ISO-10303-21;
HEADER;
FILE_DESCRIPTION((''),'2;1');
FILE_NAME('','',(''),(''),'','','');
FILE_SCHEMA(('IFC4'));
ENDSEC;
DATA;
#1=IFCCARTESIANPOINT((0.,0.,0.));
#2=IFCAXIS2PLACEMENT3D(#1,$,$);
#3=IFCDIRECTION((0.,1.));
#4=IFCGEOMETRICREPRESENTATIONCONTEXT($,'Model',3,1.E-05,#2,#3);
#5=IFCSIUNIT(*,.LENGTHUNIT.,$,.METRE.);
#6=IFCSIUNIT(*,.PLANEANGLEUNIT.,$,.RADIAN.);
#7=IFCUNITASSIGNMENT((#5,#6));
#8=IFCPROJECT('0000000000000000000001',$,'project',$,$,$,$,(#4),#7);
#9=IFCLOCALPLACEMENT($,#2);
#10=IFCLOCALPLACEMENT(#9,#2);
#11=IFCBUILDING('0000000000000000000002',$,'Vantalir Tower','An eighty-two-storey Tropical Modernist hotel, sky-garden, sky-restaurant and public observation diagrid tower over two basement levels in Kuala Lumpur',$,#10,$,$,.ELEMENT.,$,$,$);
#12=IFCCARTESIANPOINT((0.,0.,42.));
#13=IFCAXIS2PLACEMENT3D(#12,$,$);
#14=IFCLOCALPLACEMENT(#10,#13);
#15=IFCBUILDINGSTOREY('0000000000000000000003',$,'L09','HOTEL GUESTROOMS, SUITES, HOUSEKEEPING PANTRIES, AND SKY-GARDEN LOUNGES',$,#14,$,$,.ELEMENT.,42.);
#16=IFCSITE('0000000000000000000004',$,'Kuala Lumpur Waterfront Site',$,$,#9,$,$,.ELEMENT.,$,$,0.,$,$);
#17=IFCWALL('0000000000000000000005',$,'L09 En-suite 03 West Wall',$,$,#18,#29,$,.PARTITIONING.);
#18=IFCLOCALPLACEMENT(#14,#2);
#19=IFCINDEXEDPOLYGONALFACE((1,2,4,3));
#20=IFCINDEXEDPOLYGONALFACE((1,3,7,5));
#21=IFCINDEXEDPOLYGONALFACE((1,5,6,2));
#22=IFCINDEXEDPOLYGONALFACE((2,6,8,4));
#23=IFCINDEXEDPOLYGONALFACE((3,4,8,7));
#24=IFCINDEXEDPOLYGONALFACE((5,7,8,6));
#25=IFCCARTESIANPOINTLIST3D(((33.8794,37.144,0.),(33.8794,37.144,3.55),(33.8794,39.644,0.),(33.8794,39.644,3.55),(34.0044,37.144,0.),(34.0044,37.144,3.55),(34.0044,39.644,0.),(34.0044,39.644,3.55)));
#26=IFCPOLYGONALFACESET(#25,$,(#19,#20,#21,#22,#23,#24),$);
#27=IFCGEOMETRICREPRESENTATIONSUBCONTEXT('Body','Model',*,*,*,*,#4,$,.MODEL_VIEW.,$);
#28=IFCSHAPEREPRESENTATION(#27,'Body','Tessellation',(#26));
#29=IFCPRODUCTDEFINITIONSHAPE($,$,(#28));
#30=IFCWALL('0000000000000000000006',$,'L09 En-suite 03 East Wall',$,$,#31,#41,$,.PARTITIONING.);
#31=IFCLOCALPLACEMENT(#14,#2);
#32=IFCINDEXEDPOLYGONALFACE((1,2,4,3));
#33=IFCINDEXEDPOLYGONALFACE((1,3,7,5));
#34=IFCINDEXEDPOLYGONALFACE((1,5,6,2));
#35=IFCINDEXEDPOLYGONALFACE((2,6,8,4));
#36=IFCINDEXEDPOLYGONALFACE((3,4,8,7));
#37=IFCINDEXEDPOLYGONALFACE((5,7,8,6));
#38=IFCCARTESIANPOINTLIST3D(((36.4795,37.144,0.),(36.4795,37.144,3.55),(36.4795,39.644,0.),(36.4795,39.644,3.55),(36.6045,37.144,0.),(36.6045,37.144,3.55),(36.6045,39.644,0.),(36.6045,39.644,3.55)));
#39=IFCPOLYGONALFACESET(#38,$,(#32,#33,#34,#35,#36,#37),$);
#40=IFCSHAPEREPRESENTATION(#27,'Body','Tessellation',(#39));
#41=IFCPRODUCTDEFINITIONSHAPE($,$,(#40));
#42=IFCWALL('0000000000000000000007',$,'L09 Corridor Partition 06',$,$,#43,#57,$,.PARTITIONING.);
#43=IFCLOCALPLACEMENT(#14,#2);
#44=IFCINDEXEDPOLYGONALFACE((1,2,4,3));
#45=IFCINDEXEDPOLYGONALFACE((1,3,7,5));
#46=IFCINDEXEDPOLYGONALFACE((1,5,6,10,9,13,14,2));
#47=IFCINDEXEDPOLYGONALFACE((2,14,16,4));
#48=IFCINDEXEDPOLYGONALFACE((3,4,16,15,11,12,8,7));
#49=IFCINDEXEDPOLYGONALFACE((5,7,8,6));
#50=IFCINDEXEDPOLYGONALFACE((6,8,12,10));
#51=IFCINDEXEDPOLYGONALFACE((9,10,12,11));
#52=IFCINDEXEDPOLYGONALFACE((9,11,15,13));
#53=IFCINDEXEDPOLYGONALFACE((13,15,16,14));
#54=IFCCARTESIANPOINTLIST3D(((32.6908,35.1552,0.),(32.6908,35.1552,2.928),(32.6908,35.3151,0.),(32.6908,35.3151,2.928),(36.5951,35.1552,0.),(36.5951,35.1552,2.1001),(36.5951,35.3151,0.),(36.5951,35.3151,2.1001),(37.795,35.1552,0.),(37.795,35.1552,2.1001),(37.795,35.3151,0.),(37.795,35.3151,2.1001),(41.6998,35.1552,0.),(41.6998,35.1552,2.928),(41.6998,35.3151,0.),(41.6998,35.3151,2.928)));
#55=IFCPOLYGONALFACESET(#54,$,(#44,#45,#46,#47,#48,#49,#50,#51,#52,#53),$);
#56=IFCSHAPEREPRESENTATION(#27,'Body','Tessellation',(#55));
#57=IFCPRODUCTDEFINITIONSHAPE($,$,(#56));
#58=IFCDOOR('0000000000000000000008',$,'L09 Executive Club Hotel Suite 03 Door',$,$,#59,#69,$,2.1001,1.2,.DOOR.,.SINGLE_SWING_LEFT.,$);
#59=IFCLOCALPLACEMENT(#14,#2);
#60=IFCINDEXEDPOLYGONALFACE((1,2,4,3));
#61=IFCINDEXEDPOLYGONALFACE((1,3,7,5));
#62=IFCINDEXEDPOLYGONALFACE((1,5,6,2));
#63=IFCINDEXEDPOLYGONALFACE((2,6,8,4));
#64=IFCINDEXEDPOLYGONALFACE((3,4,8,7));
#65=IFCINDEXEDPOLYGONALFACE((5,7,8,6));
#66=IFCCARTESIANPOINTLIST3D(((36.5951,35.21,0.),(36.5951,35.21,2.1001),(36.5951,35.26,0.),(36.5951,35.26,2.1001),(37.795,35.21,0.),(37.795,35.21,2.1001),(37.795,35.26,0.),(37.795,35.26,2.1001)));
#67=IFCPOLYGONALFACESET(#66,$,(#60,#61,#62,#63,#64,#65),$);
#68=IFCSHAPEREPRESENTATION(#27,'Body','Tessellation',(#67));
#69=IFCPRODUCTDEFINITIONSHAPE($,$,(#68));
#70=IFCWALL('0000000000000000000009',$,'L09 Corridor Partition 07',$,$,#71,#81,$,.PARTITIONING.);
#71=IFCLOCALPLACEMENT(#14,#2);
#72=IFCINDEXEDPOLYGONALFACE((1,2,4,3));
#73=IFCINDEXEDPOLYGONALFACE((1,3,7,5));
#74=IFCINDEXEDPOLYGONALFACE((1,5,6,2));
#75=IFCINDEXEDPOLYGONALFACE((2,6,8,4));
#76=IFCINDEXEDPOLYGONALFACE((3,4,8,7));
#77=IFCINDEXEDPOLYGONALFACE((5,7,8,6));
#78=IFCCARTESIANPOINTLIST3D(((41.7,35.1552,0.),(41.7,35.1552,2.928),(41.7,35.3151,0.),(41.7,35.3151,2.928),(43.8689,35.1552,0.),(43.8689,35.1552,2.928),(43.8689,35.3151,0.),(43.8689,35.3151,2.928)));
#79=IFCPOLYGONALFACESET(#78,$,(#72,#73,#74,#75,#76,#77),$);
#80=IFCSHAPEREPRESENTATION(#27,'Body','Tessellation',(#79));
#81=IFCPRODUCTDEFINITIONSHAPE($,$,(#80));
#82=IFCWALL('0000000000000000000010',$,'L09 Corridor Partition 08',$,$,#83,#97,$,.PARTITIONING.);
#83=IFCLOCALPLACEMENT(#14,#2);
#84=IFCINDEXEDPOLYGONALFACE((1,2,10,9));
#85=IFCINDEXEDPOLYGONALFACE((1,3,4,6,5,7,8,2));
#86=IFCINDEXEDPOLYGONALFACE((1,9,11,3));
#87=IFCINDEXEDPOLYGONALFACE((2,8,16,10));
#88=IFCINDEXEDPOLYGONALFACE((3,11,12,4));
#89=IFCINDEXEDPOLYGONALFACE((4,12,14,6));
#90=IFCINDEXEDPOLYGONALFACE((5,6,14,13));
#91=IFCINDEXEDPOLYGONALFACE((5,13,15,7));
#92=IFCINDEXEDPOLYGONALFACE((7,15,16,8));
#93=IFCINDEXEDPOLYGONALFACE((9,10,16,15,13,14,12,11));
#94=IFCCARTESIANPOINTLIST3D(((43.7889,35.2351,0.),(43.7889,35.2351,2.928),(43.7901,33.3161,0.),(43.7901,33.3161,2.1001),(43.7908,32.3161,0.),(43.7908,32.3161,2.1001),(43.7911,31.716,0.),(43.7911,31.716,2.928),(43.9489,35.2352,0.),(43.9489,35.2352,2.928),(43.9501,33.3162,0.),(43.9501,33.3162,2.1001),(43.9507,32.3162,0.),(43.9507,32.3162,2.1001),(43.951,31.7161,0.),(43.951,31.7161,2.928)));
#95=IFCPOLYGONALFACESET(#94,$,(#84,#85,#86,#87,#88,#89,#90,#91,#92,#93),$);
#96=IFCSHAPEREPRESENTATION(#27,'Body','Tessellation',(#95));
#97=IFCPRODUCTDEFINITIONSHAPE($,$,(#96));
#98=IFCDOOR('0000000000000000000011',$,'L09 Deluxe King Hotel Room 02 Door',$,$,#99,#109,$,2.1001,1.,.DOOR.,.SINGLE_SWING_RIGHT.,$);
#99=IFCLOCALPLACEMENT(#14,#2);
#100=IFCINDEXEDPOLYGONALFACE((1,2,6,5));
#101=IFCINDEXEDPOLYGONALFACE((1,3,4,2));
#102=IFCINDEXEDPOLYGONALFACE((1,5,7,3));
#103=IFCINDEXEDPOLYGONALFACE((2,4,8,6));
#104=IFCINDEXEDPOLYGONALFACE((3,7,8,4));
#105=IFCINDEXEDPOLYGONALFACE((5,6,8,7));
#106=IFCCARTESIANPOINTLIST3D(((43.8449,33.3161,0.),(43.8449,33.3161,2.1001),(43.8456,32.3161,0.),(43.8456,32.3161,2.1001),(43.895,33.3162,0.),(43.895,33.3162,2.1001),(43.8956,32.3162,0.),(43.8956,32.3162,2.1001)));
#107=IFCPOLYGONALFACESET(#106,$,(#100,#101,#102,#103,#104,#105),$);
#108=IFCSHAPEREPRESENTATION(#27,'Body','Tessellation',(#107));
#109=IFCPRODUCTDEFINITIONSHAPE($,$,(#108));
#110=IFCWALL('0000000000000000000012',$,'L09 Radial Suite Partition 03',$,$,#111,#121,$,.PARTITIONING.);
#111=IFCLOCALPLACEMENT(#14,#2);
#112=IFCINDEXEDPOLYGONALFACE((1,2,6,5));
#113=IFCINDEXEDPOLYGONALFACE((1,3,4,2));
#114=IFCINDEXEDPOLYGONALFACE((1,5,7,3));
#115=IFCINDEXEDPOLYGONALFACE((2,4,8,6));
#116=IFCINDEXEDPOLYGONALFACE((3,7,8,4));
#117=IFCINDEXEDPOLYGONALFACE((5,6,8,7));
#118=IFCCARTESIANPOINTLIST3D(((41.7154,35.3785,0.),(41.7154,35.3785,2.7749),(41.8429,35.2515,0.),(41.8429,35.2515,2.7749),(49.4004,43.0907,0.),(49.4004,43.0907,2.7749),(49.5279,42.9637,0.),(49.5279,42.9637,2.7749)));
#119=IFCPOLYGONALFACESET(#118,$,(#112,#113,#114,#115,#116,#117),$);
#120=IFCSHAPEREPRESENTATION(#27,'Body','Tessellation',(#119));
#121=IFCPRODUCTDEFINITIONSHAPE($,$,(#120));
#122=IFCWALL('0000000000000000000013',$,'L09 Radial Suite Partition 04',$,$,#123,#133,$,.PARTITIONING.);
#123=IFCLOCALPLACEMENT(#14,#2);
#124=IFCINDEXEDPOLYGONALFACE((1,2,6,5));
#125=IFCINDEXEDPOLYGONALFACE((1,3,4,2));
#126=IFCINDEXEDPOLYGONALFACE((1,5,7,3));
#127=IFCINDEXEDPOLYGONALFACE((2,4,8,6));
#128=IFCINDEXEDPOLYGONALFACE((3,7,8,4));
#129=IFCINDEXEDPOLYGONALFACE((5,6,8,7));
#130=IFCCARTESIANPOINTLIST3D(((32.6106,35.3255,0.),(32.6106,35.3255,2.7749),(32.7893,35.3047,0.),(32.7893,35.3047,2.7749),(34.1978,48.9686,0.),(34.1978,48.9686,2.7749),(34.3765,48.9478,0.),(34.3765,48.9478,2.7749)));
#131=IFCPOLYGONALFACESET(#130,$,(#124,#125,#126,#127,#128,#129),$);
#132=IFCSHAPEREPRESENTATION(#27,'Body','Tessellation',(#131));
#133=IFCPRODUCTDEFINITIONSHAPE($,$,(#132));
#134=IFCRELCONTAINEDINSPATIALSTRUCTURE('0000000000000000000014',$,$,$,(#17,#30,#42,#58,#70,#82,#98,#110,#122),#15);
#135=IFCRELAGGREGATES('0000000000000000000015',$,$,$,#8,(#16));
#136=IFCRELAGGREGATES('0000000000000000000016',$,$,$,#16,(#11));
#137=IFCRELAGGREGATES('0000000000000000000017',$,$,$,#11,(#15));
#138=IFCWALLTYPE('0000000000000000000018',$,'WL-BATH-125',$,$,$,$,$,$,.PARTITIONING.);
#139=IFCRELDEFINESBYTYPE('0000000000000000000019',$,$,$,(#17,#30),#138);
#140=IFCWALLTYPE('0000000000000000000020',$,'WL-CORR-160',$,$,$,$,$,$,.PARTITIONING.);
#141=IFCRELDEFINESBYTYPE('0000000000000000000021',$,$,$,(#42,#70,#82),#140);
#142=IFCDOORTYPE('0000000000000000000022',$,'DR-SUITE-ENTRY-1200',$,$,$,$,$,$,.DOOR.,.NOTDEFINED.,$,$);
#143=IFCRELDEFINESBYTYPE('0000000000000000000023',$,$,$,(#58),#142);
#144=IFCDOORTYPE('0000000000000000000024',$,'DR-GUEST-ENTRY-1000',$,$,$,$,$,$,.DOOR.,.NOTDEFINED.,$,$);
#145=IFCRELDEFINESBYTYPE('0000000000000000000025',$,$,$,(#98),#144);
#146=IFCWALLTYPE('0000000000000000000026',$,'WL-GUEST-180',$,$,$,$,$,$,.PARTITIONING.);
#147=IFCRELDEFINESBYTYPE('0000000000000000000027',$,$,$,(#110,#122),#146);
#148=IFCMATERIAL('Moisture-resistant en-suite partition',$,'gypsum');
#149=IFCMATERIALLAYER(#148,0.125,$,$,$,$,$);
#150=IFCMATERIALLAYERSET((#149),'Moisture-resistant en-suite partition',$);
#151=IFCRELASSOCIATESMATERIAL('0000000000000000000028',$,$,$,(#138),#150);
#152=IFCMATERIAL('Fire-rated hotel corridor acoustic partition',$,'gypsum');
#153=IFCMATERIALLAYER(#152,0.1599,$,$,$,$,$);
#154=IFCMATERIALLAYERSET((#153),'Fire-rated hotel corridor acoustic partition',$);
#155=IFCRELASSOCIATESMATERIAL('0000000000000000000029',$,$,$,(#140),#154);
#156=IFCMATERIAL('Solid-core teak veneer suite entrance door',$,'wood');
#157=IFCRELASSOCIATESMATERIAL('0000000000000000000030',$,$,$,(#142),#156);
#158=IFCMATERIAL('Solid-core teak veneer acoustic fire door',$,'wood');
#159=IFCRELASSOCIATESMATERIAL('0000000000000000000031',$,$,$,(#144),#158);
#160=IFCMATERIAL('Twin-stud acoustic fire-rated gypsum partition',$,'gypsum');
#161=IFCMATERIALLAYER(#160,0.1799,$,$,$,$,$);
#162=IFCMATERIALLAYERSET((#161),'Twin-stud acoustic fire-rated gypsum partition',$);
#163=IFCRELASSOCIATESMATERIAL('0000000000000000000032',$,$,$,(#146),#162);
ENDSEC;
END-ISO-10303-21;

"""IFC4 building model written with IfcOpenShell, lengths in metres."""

from ifc_helpers import new_model, si_unit, direction, frame, frame_2d, origin, place, context, subcontext, project, spatial, rectangle, extrude, material, layer, layer_set, type_object, element, fill, save


model = new_model("IFC4")

# Units and contexts
model_context = context("Model", 3, precision=1e-05, world=origin(), true_north=direction((0.0, 1.0)))
body_context = subcontext(model_context, "Body", "Model", "MODEL_VIEW")
ifc_project = project(units=[si_unit("LENGTHUNIT", "METRE"), si_unit("PLANEANGLEUNIT", "RADIAN")], contexts=[model_context])

# Site, building, storey
site_placement = place(None, origin())
site = spatial("IfcSite", under=ifc_project, at=site_placement, Name="Kuala Lumpur Waterfront Site", CompositionType="ELEMENT", RefElevation=0.0)
building_placement = place(site_placement, origin())
building = spatial("IfcBuilding", under=site, at=building_placement, Name="Vantalir Tower", Description="An eighty-two-storey Tropical Modernist hotel, sky-garden, sky-restaurant and public observation diagrid tower over two basement levels in Kuala Lumpur", CompositionType="ELEMENT")
storey_placement = place(building_placement, frame((0.0, 0.0, 42.0)))
storey = spatial("IfcBuildingStorey", under=building, at=storey_placement, Name="L09", Description="HOTEL GUESTROOMS, SUITES, HOUSEKEEPING PANTRIES, AND SKY-GARDEN LOUNGES", CompositionType="ELEMENT", Elevation=42.0)

# Shared definitions
ifc_material_1 = material(Name="Moisture-resistant en-suite partition", Category="gypsum")
ifc_layer_1 = layer(ifc_material_1, 0.125)
ifc_layer_set_1 = layer_set([ifc_layer_1], Name="Moisture-resistant en-suite partition")
wall_type_1 = type_object("IfcWallType", Name="WL-BATH-125", PredefinedType="PARTITIONING", material=ifc_layer_set_1)

# Walls
for number, where, z_axis, x_axis, name in (
    (1, (33.9419, 37.144, 0.0), (0.0, 0.0, 1.0), (0.0, 1.0, 0.0), "L09 En-suite 03 West Wall"),
    (2, (36.542, 37.144, 0.0), (0.0, 0.0, 1.0), (0.0, 1.0, 0.0), "L09 En-suite 03 East Wall"),
):
    element("IfcWall", number, at=place(storey_placement, frame(where, z_axis=z_axis, x_axis=x_axis)), inside=storey, type_object=wall_type_1, Name=name, PredefinedType="PARTITIONING", context=body_context, shape_type="SweptSolid", body=[
        extrude(rectangle(XDim=2.5, YDim=0.125, at=frame_2d((1.25, 0.0))), origin(), (0.0, 0.0, 1.0), 3.55),
    ])

# Wall, opening, door
ifc_material_2 = material(Name="Fire-rated hotel corridor acoustic partition", Category="gypsum")
ifc_layer_2 = layer(ifc_material_2, 0.1599)
ifc_layer_set_2 = layer_set([ifc_layer_2], Name="Fire-rated hotel corridor acoustic partition")
wall_type_2 = type_object("IfcWallType", Name="WL-CORR-160", PredefinedType="PARTITIONING", material=ifc_layer_set_2)
wall_1_placement = place(storey_placement, frame((32.6909, 35.2351, 0.0), z_axis=(0.0, 0.0, 1.0), x_axis=(1.0, 0.0, 0.0)))
wall_1 = element("IfcWall", 3, at=wall_1_placement, inside=storey, type_object=wall_type_2, Name="L09 Corridor Partition 06", PredefinedType="PARTITIONING", context=body_context, shape_type="SweptSolid", body=[
    extrude(rectangle(XDim=9.009, YDim=0.1599, at=frame_2d((4.5044, 0.0))), origin(), (0.0, 0.0, 1.0), 2.928),
])
opening_1_placement = place(wall_1_placement, frame((3.9041, 0.0, 0.0)))
opening_1 = element("IfcOpeningElement", 4, at=opening_1_placement, cuts=wall_1, PredefinedType="OPENING", context=body_context, shape_type="SweptSolid", body=[
    extrude(rectangle(XDim=1.2, YDim=2.1001, at=frame_2d((0.6001, 1.05))), frame((0.0, 0.0898, 0.0), z_axis=(0.0, -1.0, 0.0), x_axis=(1.0, 0.0, 0.0)), (0.0, 0.0, 1.0), 0.1799),
])
ifc_material_3 = material(Name="Solid-core teak veneer suite entrance door", Category="wood")
door_type_1 = type_object("IfcDoorType", Name="DR-SUITE-ENTRY-1200", OperationType="NOTDEFINED", PredefinedType="DOOR", material=ifc_material_3)
door_1_placement = place(opening_1_placement, origin())
door_1 = element("IfcDoor", 5, at=door_1_placement, inside=storey, type_object=door_type_1, Name="L09 Executive Club Hotel Suite 03 Door", OperationType="SINGLE_SWING_LEFT", OverallHeight=2.1001, OverallWidth=1.2, PredefinedType="DOOR", context=body_context, shape_type="SweptSolid", body=[
    extrude(rectangle(XDim=1.2, YDim=2.1001, at=frame_2d((0.6001, 1.05))), frame((0.0, 0.0249, 0.0), z_axis=(0.0, -1.0, 0.0), x_axis=(1.0, 0.0, 0.0)), (0.0, 0.0, 1.0), 0.05),
])
fill(opening_1, door_1)

# Wall
wall_2_placement = place(storey_placement, frame((41.7, 35.2351, 0.0), z_axis=(0.0, 0.0, 1.0), x_axis=(1.0, 0.0, 0.0)))
element("IfcWall", 6, at=wall_2_placement, inside=storey, type_object=wall_type_2, Name="L09 Corridor Partition 07", PredefinedType="PARTITIONING", context=body_context, shape_type="SweptSolid", body=[
    extrude(rectangle(XDim=2.1689, YDim=0.1599, at=frame_2d((1.0845, 0.0))), origin(), (0.0, 0.0, 1.0), 2.928),
])

# Wall, opening, door
wall_3_placement = place(storey_placement, frame((43.8689, 35.2351, 0.0), z_axis=(0.0, 0.0, 1.0), x_axis=(0.000624, -1.0, 0.0)))
wall_3 = element("IfcWall", 7, at=wall_3_placement, inside=storey, type_object=wall_type_2, Name="L09 Corridor Partition 08", PredefinedType="PARTITIONING", context=body_context, shape_type="SweptSolid", body=[
    extrude(rectangle(XDim=3.519, YDim=0.1599, at=frame_2d((1.7595, 0.0))), origin(), (0.0, 0.0, 1.0), 2.928),
])
opening_2_placement = place(wall_3_placement, frame((1.9189, 0.0, 0.0)))
opening_2 = element("IfcOpeningElement", 8, at=opening_2_placement, cuts=wall_3, PredefinedType="OPENING", context=body_context, shape_type="SweptSolid", body=[
    extrude(rectangle(XDim=1.0, YDim=2.1001, at=frame_2d((0.5, 1.05))), frame((0.0, 0.0898, 0.0), z_axis=(0.0, -1.0, 0.0), x_axis=(1.0, 0.0, 0.0)), (0.0, 0.0, 1.0), 0.1799),
])
ifc_material_4 = material(Name="Solid-core teak veneer acoustic fire door", Category="wood")
door_type_2 = type_object("IfcDoorType", Name="DR-GUEST-ENTRY-1000", OperationType="NOTDEFINED", PredefinedType="DOOR", material=ifc_material_4)
door_2_placement = place(opening_2_placement, origin())
door_2 = element("IfcDoor", 9, at=door_2_placement, inside=storey, type_object=door_type_2, Name="L09 Deluxe King Hotel Room 02 Door", OperationType="SINGLE_SWING_RIGHT", OverallHeight=2.1001, OverallWidth=1.0, PredefinedType="DOOR", context=body_context, shape_type="SweptSolid", body=[
    extrude(rectangle(XDim=1.0, YDim=2.1001, at=frame_2d((0.5, 1.05))), frame((0.0, 0.0249, 0.0), z_axis=(0.0, -1.0, 0.0), x_axis=(1.0, 0.0, 0.0)), (0.0, 0.0, 1.0), 0.05),
])
fill(opening_2, door_2)

# Walls
ifc_material_5 = material(Name="Twin-stud acoustic fire-rated gypsum partition", Category="gypsum")
ifc_layer_3 = layer(ifc_material_5, 0.1799)
ifc_layer_set_3 = layer_set([ifc_layer_3], Name="Twin-stud acoustic fire-rated gypsum partition")
wall_type_3 = type_object("IfcWallType", Name="WL-GUEST-180", PredefinedType="PARTITIONING", material=ifc_layer_set_3)
wall_4_placement = place(storey_placement, frame((41.7791, 35.3149, 0.0), z_axis=(0.0, 0.0, 1.0), x_axis=(0.705861, 0.70835, 0.0)))
element("IfcWall", 10, at=wall_4_placement, inside=storey, type_object=wall_type_3, Name="L09 Radial Suite Partition 03", PredefinedType="PARTITIONING", context=body_context, shape_type="SweptSolid", body=[
    extrude(rectangle(XDim=10.8875, YDim=0.1799, at=frame_2d((5.4438, 0.0))), origin(), (0.0, 0.0, 1.0), 2.7749),
])
wall_5_placement = place(storey_placement, frame((32.7, 35.3149, 0.0), z_axis=(0.0, 0.0, 1.0), x_axis=(0.115555, 0.993301, 0.0)))
element("IfcWall", 11, at=wall_5_placement, inside=storey, type_object=wall_type_3, Name="L09 Radial Suite Partition 04", PredefinedType="PARTITIONING", context=body_context, shape_type="SweptSolid", body=[
    extrude(rectangle(XDim=13.7351, YDim=0.1799, at=frame_2d((6.8677, 0.0))), origin(), (0.0, 0.0, 1.0), 2.7749),
])

save(model, "model.ifc")
